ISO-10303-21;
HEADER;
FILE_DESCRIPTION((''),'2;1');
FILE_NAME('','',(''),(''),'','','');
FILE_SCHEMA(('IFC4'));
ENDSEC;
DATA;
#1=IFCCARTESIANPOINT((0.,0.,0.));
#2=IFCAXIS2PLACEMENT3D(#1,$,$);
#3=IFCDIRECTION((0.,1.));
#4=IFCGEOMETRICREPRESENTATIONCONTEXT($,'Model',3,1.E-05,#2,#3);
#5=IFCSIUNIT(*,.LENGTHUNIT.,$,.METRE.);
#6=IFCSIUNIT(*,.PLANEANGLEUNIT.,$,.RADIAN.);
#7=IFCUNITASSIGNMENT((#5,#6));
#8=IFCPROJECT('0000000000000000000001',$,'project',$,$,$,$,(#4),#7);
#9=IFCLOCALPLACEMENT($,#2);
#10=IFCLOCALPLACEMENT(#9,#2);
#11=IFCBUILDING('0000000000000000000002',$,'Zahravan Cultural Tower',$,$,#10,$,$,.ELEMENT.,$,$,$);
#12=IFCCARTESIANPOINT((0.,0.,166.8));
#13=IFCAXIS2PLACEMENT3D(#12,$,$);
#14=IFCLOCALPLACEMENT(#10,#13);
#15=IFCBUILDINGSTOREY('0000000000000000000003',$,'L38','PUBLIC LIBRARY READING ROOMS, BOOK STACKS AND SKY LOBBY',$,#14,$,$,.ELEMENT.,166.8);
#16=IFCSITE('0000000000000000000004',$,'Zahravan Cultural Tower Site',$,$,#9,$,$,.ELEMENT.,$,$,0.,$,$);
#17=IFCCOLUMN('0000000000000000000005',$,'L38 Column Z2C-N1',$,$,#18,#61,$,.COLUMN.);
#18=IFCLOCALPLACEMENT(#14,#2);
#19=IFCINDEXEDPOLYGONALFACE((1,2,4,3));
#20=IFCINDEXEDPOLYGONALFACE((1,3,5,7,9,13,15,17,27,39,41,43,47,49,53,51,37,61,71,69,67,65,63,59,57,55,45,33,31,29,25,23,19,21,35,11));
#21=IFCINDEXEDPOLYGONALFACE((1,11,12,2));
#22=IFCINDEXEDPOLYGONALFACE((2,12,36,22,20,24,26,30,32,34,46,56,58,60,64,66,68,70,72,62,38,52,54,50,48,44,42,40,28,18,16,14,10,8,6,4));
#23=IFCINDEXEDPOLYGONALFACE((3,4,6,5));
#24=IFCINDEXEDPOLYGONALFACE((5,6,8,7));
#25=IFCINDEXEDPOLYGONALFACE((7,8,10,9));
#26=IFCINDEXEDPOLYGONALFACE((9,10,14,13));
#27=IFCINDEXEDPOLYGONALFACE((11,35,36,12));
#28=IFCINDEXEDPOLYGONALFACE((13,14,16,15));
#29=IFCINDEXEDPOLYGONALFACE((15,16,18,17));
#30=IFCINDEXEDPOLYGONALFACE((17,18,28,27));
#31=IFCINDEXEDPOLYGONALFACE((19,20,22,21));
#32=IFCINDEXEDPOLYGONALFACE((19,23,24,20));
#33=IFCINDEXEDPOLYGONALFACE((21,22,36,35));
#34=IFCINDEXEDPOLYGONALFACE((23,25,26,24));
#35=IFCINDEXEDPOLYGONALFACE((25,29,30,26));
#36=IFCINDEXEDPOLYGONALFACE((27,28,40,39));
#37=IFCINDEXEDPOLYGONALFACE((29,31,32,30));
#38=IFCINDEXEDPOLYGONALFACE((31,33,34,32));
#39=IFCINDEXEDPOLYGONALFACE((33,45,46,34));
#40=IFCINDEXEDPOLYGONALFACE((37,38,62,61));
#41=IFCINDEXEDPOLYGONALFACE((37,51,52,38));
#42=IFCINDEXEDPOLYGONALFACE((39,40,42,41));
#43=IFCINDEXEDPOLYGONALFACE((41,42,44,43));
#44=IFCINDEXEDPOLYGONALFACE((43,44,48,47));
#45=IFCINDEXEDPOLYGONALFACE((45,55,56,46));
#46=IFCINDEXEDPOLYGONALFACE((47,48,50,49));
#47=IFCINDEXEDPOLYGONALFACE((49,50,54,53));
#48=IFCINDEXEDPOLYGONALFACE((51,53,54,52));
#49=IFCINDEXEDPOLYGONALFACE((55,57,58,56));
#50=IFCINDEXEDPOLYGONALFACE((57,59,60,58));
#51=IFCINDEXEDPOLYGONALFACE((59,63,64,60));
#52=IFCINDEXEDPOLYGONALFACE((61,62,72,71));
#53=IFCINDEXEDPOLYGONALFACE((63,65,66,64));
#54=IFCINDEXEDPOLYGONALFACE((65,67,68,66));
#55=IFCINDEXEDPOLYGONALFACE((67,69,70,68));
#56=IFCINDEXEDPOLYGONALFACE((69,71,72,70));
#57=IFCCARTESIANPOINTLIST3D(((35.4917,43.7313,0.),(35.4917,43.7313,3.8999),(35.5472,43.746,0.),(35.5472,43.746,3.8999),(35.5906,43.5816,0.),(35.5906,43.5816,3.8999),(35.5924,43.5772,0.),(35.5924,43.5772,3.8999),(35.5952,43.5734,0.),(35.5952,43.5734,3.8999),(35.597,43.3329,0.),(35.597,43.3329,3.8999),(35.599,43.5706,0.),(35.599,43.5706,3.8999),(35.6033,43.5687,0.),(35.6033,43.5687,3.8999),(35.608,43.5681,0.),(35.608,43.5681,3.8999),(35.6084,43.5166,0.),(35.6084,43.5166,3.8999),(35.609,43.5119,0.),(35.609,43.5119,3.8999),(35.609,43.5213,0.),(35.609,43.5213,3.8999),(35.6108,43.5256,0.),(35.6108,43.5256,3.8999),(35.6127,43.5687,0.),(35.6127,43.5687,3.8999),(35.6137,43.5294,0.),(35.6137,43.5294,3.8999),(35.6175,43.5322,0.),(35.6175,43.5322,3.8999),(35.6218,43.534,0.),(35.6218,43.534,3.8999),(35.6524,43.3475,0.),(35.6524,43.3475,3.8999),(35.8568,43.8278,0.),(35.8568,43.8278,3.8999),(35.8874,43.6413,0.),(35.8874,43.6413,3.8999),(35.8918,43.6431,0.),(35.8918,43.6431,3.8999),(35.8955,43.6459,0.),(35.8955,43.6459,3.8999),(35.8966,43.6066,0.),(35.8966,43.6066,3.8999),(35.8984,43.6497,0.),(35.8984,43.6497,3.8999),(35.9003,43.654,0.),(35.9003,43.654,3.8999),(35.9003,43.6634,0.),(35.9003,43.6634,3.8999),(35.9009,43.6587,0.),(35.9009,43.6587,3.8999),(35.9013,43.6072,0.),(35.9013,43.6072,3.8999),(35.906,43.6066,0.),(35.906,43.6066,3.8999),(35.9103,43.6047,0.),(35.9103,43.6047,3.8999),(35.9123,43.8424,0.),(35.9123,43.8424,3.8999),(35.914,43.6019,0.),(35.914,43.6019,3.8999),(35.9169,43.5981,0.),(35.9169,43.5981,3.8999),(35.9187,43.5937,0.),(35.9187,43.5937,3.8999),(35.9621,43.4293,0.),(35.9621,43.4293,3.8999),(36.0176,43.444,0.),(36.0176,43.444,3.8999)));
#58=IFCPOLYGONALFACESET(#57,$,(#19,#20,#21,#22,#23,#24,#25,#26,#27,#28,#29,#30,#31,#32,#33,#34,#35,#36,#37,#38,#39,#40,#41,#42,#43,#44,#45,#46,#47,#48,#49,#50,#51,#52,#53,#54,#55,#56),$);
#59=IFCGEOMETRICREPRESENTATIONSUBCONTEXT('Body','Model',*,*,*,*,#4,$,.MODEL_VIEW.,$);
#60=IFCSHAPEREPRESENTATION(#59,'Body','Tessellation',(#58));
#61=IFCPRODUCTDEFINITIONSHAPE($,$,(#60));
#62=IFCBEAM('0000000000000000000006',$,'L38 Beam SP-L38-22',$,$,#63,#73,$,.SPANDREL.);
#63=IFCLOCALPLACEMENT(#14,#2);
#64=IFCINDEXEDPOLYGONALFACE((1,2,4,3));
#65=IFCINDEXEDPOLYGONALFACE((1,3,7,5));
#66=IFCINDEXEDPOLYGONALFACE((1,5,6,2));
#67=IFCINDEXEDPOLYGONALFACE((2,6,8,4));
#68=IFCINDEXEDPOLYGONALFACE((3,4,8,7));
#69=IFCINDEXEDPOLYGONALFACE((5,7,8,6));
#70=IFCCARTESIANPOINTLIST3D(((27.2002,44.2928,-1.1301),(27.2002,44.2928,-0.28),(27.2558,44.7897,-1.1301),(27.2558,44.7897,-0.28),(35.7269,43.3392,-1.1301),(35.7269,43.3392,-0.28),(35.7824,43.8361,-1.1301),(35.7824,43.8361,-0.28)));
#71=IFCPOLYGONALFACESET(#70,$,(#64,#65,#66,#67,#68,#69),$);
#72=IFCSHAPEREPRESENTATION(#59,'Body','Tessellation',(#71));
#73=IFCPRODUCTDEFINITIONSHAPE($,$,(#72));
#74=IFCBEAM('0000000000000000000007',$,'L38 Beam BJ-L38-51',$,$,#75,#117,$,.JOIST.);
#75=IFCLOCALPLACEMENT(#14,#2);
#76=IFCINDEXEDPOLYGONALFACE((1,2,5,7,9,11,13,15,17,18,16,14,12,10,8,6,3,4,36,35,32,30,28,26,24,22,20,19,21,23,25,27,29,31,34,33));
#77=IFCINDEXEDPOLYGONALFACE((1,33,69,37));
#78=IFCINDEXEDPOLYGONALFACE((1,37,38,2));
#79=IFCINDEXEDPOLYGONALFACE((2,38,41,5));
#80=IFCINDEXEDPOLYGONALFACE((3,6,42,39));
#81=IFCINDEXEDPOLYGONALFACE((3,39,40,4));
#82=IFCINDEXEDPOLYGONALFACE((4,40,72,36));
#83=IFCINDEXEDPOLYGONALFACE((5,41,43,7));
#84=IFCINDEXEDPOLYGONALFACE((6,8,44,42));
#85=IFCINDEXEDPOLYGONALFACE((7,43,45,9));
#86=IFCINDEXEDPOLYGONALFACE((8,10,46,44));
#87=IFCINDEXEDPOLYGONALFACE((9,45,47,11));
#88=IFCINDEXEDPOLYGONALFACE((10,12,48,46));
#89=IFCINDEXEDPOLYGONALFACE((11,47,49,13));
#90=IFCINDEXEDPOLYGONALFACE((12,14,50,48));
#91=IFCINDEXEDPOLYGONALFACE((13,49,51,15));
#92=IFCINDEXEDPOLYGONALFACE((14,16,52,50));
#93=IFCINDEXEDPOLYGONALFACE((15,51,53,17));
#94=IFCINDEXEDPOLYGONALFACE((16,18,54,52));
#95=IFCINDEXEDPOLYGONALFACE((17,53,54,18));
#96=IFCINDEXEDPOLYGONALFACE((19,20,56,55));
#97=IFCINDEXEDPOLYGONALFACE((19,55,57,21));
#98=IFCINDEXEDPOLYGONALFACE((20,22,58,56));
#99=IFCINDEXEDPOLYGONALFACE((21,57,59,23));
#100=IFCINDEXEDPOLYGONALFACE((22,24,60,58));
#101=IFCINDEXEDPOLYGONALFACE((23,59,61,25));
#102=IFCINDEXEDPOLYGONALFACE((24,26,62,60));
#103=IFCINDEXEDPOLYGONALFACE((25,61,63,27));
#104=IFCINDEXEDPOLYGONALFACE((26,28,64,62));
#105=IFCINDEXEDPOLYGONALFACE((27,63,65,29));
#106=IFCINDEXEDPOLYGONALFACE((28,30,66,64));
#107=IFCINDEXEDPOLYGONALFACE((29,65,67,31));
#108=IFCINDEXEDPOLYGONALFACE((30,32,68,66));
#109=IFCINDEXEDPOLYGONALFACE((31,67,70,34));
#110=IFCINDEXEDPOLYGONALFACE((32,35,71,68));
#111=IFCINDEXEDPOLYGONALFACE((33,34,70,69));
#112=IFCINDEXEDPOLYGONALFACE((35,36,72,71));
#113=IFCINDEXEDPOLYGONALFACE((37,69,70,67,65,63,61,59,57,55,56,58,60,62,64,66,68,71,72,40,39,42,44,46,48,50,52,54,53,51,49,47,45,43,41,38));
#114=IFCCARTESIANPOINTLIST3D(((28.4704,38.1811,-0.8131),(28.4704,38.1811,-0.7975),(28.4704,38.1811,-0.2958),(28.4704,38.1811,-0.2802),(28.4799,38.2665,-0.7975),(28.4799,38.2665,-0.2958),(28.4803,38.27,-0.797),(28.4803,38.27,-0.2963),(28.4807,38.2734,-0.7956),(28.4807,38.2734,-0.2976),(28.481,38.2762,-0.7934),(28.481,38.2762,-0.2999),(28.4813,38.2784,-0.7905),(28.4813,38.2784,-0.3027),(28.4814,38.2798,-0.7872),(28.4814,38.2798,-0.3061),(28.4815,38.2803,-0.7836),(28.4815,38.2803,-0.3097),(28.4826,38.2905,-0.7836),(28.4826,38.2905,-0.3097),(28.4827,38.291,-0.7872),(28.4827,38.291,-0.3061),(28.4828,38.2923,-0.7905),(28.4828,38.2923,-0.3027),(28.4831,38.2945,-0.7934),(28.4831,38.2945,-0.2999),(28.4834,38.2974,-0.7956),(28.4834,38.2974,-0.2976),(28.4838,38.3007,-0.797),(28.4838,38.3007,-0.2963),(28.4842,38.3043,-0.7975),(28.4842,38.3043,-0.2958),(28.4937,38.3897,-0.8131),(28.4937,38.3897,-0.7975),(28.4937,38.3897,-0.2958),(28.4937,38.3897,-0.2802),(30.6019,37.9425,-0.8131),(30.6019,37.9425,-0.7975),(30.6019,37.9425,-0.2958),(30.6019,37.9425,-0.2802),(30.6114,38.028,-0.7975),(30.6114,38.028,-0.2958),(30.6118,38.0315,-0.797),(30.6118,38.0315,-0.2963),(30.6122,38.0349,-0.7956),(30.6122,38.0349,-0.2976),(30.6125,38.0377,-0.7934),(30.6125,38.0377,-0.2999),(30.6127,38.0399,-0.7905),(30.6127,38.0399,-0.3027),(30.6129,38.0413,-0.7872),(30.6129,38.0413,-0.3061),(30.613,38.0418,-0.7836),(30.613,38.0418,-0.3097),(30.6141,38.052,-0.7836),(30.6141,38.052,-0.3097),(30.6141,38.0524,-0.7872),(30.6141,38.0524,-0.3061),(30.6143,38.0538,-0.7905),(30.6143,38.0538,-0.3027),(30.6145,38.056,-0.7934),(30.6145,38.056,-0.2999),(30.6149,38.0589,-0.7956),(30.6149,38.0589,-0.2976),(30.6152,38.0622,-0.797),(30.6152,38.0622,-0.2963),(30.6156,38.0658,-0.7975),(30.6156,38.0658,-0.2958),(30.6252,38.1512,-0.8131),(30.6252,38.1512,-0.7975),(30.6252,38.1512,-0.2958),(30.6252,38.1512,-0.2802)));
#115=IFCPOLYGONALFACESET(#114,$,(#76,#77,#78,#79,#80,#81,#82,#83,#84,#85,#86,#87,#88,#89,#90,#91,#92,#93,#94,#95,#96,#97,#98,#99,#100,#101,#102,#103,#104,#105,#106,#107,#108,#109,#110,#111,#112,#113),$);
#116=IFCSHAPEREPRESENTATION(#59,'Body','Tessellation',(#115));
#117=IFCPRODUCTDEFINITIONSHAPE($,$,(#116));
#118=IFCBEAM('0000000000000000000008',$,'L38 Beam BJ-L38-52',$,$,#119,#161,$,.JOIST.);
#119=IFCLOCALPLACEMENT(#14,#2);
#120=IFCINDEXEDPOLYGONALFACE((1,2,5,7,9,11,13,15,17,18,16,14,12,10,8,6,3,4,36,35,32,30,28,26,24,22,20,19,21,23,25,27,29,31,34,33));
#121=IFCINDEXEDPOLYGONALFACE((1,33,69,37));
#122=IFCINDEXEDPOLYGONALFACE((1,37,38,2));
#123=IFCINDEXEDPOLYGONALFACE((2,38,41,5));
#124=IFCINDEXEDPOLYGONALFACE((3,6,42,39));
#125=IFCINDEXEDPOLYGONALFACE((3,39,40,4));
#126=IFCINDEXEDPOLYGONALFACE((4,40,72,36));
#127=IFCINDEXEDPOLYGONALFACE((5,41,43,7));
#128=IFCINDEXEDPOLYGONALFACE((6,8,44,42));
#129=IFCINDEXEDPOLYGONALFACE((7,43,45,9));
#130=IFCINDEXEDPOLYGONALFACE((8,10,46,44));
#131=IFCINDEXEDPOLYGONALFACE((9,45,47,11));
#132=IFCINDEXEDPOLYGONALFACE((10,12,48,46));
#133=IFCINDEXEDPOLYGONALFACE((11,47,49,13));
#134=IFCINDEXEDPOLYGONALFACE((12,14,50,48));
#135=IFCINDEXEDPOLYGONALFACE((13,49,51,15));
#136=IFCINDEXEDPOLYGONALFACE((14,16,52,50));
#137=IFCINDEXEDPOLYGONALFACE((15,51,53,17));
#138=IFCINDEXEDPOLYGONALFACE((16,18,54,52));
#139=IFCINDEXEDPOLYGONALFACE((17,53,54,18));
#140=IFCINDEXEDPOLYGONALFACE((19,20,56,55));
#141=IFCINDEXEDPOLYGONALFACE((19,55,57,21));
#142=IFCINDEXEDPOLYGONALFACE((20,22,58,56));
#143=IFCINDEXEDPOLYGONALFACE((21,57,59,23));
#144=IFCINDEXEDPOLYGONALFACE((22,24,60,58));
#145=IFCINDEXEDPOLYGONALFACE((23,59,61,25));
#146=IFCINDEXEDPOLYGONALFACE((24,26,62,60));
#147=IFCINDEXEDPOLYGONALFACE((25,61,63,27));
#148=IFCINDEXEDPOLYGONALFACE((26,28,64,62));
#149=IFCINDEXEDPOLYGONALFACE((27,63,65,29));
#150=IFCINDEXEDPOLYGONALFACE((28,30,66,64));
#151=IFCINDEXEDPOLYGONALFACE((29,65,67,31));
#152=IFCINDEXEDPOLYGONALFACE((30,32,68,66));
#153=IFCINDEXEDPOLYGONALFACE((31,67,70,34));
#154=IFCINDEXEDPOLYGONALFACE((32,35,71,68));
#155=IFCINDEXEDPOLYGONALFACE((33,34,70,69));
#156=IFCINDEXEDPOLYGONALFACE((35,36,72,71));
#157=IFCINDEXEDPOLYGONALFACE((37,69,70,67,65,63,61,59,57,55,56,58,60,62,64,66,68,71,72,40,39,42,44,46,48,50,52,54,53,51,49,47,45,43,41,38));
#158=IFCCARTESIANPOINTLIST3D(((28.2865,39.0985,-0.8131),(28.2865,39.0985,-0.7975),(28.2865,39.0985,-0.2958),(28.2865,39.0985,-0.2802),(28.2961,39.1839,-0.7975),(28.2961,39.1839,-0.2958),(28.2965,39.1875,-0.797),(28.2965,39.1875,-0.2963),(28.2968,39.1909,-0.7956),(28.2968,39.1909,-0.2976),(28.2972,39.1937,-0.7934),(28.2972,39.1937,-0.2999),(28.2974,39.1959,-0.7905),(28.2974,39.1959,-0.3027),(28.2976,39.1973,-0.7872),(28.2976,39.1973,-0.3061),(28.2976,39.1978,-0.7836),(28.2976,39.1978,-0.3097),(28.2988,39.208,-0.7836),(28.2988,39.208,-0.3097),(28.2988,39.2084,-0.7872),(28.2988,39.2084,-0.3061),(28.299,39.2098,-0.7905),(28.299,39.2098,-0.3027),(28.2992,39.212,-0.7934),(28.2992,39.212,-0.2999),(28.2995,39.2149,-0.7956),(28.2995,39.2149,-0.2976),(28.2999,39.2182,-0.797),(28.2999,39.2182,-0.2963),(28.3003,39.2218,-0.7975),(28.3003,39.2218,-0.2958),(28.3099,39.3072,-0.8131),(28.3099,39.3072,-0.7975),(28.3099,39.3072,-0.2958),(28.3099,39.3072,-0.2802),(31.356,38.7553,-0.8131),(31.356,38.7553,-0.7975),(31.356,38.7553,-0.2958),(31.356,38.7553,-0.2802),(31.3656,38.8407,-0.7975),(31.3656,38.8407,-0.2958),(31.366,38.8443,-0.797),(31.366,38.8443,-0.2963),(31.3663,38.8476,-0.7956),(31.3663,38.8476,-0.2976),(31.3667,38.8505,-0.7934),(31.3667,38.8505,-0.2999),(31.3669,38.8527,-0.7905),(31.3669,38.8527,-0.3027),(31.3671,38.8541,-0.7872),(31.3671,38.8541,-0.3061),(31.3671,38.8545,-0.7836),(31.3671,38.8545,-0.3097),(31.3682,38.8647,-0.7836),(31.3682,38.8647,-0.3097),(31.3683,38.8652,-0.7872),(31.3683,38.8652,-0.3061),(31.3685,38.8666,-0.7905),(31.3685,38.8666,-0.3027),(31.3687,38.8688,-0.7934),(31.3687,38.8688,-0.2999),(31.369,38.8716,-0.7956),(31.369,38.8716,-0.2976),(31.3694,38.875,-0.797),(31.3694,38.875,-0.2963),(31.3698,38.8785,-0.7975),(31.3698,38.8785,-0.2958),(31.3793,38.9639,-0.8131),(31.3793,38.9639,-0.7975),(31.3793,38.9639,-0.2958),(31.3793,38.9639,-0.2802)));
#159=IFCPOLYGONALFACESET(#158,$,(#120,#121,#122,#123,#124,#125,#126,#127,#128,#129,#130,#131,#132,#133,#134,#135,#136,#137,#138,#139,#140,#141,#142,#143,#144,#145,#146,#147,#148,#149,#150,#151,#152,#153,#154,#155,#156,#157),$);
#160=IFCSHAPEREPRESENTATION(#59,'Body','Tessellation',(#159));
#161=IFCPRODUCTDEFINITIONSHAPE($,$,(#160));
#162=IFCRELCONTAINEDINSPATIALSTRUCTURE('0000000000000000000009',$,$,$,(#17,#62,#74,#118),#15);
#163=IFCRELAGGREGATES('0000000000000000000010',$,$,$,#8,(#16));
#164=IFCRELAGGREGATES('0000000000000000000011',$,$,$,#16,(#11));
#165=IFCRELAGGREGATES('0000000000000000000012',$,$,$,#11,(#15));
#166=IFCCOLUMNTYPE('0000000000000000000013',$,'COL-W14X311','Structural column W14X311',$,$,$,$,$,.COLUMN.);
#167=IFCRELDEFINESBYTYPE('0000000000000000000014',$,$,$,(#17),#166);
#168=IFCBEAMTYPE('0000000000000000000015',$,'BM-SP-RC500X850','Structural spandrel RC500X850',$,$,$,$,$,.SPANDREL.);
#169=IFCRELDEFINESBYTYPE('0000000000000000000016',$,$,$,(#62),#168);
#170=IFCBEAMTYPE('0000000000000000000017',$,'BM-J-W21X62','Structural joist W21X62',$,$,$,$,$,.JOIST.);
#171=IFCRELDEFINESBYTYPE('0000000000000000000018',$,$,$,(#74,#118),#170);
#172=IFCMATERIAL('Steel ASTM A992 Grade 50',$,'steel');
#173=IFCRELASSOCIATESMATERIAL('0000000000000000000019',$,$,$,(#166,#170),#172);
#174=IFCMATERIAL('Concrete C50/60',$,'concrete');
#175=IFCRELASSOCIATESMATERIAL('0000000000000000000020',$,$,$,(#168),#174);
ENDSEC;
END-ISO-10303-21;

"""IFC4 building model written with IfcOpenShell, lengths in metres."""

from ifc_helpers import new_model, si_unit, direction, frame, origin, origin_2d, place, context, subcontext, project, spatial, rectangle, i_section, extrude, source, transform, mapped, material, material_profile, profile_set, type_object, element, save


model = new_model("IFC4")

# Units and contexts
model_context = context("Model", 3, precision=1e-05, world=origin(), true_north=direction((0.0, 1.0)))
body_context = subcontext(model_context, "Body", "Model", "MODEL_VIEW")
ifc_project = project(units=[si_unit("LENGTHUNIT", "METRE"), si_unit("PLANEANGLEUNIT", "RADIAN")], contexts=[model_context])

# Site, building, storey
site_placement = place(None, origin())
site = spatial("IfcSite", under=ifc_project, at=site_placement, Name="Zahravan Cultural Tower Site", CompositionType="ELEMENT", RefElevation=0.0)
building_placement = place(site_placement, origin())
building = spatial("IfcBuilding", under=site, at=building_placement, Name="Zahravan Cultural Tower", CompositionType="ELEMENT")
storey_placement = place(building_placement, frame((0.0, 0.0, 166.8)))
storey = spatial("IfcBuildingStorey", under=building, at=storey_placement, Name="L38", Description="PUBLIC LIBRARY READING ROOMS, BOOK STACKS AND SKY LOBBY", CompositionType="ELEMENT", Elevation=166.8)

# Column
ifc_material_1 = material(Name="Steel ASTM A992 Grade 50", Category="steel")
ifc_material_profile_1 = material_profile(ifc_material_1, i_section(OverallWidth=0.4121, OverallDepth=0.4351, WebThickness=0.0359, FlangeThickness=0.0574, FilletRadius=0.0181, at=origin_2d()), Name="W14X311")
ifc_profile_set_1 = profile_set([ifc_material_profile_1], Name="Steel ASTM A992 Grade 50")
column_type = type_object("IfcColumnType", Name="COL-W14X311", Description="Structural column W14X311", PredefinedType="COLUMN", material=ifc_profile_set_1)
shared_shape_1 = source(origin(), body_context, "Body", "SweptSolid", [
    extrude(i_section(OverallWidth=0.4121, OverallDepth=0.4351, WebThickness=0.0359, FlangeThickness=0.0574, FilletRadius=0.0181, at=origin_2d()), origin(), (0.0, 0.0, 1.0), 3.8999),
])
column_placement = place(storey_placement, frame((35.7546, 43.5876, 0.0), z_axis=(0.0, 0.0, 1.0), x_axis=(-0.255446, 0.966823, 0.0)))
element("IfcColumn", 1, at=column_placement, inside=storey, type_object=column_type, Name="L38 Column Z2C-N1", PredefinedType="COLUMN", context=body_context, shape_type="MappedRepresentation", body=[
    mapped(shared_shape_1, transform((0.0, 0.0, 0.0), x_axis=(1.0, 0.0, 0.0), y_axis=(0.0, 1.0, 0.0), z_axis=(0.0, 0.0, 1.0), scale=1.0)),
])

# Beams
ifc_material_2 = material(Name="Concrete C50/60", Category="concrete")
ifc_material_profile_2 = material_profile(ifc_material_2, rectangle(XDim=0.5, YDim=0.8501, at=origin_2d()), Name="RC500X850")
ifc_profile_set_2 = profile_set([ifc_material_profile_2], Name="Concrete C50/60")
beam_type_1 = type_object("IfcBeamType", Name="BM-SP-RC500X850", Description="Structural spandrel RC500X850", PredefinedType="SPANDREL", material=ifc_profile_set_2)
shared_shape_2 = source(origin(), body_context, "Body", "SweptSolid", [
    extrude(rectangle(XDim=0.5, YDim=0.8501, at=origin_2d()), origin(), (0.0, 0.0, 1.0), 8.5798),
])
beam_1_placement = place(storey_placement, frame((35.7546, 43.5876, -0.7051), z_axis=(-0.993804, 0.111147, 0.0), x_axis=(-0.111147, -0.993804, 0.0)))
element("IfcBeam", 2, at=beam_1_placement, inside=storey, type_object=beam_type_1, Name="L38 Beam SP-L38-22", PredefinedType="SPANDREL", context=body_context, shape_type="MappedRepresentation", body=[
    mapped(shared_shape_2, transform((0.0, 0.0, 0.0), x_axis=(1.0, 0.0, 0.0), y_axis=(0.0, 1.0, 0.0), z_axis=(0.0, 0.0, 1.0), scale=1.0)),
])
ifc_material_profile_3 = material_profile(ifc_material_1, i_section(OverallWidth=0.21, OverallDepth=0.533, WebThickness=0.0103, FlangeThickness=0.0156, FilletRadius=0.0139, at=origin_2d()), Name="W21X62")
ifc_profile_set_3 = profile_set([ifc_material_profile_3], Name="Steel ASTM A992 Grade 50")
beam_type_2 = type_object("IfcBeamType", Name="BM-J-W21X62", Description="Structural joist W21X62", PredefinedType="JOIST", material=ifc_profile_set_3)
shared_shape_3 = source(origin(), body_context, "Body", "SweptSolid", [
    extrude(i_section(OverallWidth=0.21, OverallDepth=0.533, WebThickness=0.0103, FlangeThickness=0.0156, FilletRadius=0.0139, at=origin_2d()), origin(), (0.0, 0.0, 1.0), 2.1448),
])
beam_2_placement = place(storey_placement, frame((30.6135, 38.0469, -0.5466), z_axis=(-0.993797, 0.111206, 0.0), x_axis=(-0.111206, -0.993797, 0.0)))
element("IfcBeam", 3, at=beam_2_placement, inside=storey, type_object=beam_type_2, Name="L38 Beam BJ-L38-51", PredefinedType="JOIST", context=body_context, shape_type="MappedRepresentation", body=[
    mapped(shared_shape_3, transform((0.0, 0.0, 0.0), x_axis=(1.0, 0.0, 0.0), y_axis=(0.0, 1.0, 0.0), z_axis=(0.0, 0.0, 1.0), scale=1.0)),
])
shared_shape_4 = source(origin(), body_context, "Body", "SweptSolid", [
    extrude(i_section(OverallWidth=0.21, OverallDepth=0.533, WebThickness=0.0103, FlangeThickness=0.0156, FilletRadius=0.0139, at=origin_2d()), origin(), (0.0, 0.0, 1.0), 3.0886),
])
beam_3_placement = place(storey_placement, frame((31.3677, 38.8596, -0.5466), z_axis=(-0.993805, 0.111134, 0.0), x_axis=(-0.111134, -0.993805, 0.0)))
element("IfcBeam", 4, at=beam_3_placement, inside=storey, type_object=beam_type_2, Name="L38 Beam BJ-L38-52", PredefinedType="JOIST", context=body_context, shape_type="MappedRepresentation", body=[
    mapped(shared_shape_4, transform((0.0, 0.0, 0.0), x_axis=(1.0, 0.0, 0.0), y_axis=(0.0, 1.0, 0.0), z_axis=(0.0, 0.0, 1.0), scale=1.0)),
])

save(model, "model.ifc")
